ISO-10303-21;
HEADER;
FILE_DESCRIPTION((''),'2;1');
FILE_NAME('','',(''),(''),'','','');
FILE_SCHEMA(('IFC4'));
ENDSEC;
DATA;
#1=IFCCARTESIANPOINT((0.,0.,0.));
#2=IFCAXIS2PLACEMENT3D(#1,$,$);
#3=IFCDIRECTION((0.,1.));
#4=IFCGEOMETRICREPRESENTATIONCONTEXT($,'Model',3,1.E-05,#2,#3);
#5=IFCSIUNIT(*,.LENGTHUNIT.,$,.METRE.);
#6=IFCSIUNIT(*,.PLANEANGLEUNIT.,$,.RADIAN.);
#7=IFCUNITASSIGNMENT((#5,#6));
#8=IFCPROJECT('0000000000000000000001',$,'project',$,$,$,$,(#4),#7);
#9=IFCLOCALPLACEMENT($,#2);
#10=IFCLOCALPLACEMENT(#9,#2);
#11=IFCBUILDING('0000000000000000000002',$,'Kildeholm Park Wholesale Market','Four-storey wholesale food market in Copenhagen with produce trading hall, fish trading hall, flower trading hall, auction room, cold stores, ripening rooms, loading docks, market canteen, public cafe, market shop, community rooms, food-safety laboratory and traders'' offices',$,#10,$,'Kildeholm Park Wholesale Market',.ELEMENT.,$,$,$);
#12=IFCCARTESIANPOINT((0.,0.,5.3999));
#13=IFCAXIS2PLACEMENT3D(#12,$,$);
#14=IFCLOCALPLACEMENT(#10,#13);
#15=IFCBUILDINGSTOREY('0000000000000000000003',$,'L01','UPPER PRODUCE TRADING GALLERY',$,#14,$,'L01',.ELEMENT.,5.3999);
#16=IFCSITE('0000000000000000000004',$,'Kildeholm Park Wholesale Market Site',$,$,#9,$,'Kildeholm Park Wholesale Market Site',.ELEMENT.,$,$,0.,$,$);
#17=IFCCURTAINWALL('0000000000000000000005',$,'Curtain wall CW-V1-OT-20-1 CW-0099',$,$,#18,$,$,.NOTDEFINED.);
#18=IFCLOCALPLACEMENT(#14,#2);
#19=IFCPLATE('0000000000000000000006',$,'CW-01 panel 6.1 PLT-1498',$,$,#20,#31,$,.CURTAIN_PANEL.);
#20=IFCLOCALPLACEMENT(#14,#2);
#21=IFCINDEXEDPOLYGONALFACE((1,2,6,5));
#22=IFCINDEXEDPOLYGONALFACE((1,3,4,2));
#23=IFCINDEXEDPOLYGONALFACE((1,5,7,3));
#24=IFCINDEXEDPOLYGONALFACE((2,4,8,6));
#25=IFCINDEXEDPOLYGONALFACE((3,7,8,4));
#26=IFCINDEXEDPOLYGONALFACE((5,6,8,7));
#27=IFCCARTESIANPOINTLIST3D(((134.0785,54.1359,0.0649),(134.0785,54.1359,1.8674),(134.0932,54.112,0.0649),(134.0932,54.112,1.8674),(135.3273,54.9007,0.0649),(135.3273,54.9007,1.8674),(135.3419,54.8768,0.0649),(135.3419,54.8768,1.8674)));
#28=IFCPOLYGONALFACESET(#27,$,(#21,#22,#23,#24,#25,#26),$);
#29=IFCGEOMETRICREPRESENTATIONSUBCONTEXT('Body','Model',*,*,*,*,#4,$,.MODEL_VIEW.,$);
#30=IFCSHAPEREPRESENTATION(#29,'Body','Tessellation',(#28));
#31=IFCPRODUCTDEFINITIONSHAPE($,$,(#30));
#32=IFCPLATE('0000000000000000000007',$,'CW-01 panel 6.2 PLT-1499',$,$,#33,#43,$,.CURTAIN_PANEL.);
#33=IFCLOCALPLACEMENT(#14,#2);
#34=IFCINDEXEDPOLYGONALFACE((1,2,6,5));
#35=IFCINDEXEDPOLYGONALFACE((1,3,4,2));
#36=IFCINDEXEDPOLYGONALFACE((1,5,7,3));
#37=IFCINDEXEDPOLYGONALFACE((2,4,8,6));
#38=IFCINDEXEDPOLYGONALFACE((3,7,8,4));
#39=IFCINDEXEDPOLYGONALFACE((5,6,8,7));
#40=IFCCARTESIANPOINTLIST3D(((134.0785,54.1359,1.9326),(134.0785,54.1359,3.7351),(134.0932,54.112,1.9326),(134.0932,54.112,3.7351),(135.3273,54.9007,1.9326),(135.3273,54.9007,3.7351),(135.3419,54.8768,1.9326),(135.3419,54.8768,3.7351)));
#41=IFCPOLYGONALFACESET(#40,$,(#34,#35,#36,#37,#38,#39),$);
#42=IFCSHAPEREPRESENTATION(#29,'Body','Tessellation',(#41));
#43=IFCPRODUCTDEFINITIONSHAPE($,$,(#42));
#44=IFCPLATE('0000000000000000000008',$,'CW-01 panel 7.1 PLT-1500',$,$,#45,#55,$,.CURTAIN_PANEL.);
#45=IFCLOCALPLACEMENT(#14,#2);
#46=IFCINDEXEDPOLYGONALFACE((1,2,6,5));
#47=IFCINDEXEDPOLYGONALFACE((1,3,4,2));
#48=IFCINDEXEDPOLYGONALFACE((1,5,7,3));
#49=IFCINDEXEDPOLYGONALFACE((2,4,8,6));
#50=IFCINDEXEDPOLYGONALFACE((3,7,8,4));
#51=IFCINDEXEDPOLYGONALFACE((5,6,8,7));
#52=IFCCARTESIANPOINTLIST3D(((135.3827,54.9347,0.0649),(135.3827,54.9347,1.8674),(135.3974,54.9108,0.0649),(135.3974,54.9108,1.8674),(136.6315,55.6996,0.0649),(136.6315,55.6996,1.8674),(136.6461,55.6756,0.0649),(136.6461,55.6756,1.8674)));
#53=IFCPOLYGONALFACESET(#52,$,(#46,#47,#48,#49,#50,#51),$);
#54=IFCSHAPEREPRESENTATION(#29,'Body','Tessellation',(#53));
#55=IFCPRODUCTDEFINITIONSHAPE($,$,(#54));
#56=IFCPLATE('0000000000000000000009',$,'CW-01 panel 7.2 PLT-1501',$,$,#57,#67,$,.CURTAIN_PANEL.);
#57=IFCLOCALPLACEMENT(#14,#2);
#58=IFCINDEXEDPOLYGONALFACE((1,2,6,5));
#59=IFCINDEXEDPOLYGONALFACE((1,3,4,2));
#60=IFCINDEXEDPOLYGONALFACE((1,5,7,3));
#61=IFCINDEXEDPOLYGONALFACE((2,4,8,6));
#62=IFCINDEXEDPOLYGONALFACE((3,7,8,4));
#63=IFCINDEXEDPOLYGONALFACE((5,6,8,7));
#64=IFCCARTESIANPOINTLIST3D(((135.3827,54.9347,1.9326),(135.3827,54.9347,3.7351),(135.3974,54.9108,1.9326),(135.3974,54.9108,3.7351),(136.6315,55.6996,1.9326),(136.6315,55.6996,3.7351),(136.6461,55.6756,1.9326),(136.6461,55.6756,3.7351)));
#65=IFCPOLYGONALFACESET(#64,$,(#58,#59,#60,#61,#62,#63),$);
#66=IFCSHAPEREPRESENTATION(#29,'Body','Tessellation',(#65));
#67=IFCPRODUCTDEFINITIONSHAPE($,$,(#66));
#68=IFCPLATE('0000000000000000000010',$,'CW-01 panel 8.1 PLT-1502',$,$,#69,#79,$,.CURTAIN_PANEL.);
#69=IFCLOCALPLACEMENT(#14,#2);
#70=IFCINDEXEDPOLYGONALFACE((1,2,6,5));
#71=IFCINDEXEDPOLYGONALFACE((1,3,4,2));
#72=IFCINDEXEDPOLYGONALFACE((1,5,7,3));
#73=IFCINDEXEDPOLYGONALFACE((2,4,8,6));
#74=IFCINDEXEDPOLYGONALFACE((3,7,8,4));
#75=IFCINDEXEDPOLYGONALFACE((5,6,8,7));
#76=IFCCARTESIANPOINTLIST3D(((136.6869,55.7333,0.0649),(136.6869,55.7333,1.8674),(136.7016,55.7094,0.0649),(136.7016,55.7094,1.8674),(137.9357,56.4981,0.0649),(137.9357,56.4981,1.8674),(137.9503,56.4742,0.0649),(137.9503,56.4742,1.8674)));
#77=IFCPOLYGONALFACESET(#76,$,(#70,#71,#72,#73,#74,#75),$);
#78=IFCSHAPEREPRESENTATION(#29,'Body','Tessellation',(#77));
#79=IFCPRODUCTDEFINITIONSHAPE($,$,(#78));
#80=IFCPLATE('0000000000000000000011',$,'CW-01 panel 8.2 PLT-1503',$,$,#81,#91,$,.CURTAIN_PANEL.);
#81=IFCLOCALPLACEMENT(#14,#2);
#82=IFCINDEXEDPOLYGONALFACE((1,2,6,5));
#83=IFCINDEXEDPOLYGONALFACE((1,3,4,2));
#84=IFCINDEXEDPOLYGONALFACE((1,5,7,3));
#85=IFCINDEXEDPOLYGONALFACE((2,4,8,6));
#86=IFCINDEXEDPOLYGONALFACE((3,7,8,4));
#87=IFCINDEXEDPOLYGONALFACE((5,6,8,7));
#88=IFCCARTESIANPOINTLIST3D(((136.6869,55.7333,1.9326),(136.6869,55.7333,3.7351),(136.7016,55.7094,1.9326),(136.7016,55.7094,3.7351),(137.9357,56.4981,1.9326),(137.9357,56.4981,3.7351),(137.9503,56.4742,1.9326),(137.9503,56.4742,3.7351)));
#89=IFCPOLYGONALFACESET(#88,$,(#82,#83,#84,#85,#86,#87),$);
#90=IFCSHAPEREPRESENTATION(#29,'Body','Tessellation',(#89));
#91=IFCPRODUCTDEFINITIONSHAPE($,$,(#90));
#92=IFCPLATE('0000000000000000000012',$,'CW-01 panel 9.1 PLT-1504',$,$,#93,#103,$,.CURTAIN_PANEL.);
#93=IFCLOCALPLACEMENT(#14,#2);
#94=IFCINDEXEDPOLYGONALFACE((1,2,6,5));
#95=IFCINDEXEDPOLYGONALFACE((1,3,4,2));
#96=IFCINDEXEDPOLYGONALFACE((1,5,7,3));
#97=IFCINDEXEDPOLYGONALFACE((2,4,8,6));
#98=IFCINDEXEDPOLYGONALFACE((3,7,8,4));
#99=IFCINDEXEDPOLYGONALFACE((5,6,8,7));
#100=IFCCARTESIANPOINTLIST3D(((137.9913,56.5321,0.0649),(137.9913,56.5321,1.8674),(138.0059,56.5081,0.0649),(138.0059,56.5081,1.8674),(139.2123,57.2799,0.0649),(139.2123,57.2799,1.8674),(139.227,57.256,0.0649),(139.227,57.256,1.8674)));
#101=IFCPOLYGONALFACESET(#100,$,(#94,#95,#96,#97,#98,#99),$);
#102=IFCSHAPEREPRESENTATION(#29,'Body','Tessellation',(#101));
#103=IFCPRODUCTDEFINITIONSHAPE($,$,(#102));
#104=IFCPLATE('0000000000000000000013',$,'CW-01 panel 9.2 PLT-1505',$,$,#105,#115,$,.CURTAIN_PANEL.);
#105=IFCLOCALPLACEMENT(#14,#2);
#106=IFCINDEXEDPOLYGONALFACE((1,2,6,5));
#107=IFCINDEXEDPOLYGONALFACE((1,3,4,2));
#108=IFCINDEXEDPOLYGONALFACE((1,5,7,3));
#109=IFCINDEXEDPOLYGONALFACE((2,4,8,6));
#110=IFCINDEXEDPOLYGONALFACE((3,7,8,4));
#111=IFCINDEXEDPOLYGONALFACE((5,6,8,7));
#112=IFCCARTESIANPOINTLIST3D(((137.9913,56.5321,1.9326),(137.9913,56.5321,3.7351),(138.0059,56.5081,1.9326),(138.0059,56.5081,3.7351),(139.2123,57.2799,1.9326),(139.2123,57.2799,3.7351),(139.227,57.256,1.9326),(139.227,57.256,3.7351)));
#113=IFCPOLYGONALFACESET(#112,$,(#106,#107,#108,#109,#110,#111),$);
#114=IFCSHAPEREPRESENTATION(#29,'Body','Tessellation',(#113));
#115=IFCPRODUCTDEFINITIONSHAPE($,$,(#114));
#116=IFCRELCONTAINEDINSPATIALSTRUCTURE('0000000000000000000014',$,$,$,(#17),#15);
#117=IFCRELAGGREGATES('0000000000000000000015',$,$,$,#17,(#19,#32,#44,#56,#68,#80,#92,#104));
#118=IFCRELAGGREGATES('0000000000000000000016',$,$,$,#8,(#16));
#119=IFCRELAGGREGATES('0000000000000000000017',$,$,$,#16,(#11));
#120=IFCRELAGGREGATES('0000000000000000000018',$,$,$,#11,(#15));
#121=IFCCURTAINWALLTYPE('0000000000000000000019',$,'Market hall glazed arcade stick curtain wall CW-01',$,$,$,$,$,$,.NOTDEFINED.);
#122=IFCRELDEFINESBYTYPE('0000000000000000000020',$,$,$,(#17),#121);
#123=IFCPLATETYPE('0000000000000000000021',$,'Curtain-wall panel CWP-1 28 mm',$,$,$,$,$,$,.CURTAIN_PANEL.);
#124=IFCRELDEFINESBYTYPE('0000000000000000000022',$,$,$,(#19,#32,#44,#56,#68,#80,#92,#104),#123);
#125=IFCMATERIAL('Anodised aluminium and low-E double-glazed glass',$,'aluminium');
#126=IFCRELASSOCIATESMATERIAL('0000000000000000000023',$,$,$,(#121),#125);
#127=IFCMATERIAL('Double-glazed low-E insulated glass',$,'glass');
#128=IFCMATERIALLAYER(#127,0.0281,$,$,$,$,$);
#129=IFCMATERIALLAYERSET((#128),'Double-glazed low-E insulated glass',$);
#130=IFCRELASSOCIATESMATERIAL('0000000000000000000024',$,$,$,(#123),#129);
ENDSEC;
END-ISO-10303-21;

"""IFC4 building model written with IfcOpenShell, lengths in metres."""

from ifc_helpers import new_model, si_unit, direction, frame, origin, origin_2d, place, context, subcontext, project, spatial, rectangle, extrude, material, layer, layer_set, type_object, element, aggregate, save


model = new_model("IFC4")

# Units and contexts
model_context = context("Model", 3, precision=1e-05, world=origin(), true_north=direction((0.0, 1.0)))
body_context = subcontext(model_context, "Body", "Model", "MODEL_VIEW")
ifc_project = project(units=[si_unit("LENGTHUNIT", "METRE"), si_unit("PLANEANGLEUNIT", "RADIAN")], contexts=[model_context])

# Site, building, storey
site_placement = place(None, origin())
site = spatial("IfcSite", under=ifc_project, at=site_placement, Name="Kildeholm Park Wholesale Market Site", LongName="Kildeholm Park Wholesale Market Site", CompositionType="ELEMENT", RefElevation=0.0)
building_placement = place(site_placement, origin())
building = spatial("IfcBuilding", under=site, at=building_placement, Name="Kildeholm Park Wholesale Market", Description="Four-storey wholesale food market in Copenhagen with produce trading hall, fish trading hall, flower trading hall, auction room, cold stores, ripening rooms, loading docks, market canteen, public cafe, market shop, community rooms, food-safety laboratory and traders' offices", LongName="Kildeholm Park Wholesale Market", CompositionType="ELEMENT")
storey_placement = place(building_placement, frame((0.0, 0.0, 5.3999)))
storey = spatial("IfcBuildingStorey", under=building, at=storey_placement, Name="L01", Description="UPPER PRODUCE TRADING GALLERY", LongName="L01", CompositionType="ELEMENT", Elevation=5.3999)

# Curtain wall, plates
ifc_material_1 = material(Name="Anodised aluminium and low-E double-glazed glass", Category="aluminium")
curtain_wall_type = type_object("IfcCurtainWallType", Name="Market hall glazed arcade stick curtain wall CW-01", PredefinedType="NOTDEFINED", material=ifc_material_1)
curtain_wall_placement = place(storey_placement, origin())
curtain_wall = element("IfcCurtainWall", 1, at=curtain_wall_placement, inside=storey, type_object=curtain_wall_type, Name="Curtain wall CW-V1-OT-20-1 CW-0099", PredefinedType="NOTDEFINED")
ifc_material_2 = material(Name="Double-glazed low-E insulated glass", Category="glass")
ifc_layer = layer(ifc_material_2, 0.0281)
ifc_layer_set = layer_set([ifc_layer], Name="Double-glazed low-E insulated glass")
plate_type = type_object("IfcPlateType", Name="Curtain-wall panel CWP-1 28 mm", PredefinedType="CURTAIN_PANEL", material=ifc_layer_set)
plate_1_placement = place(storey_placement, frame((134.7102, 54.5063, 0.0649), z_axis=(0.0, 0.0, 1.0), x_axis=(0.852771, 0.522284, 0.0)))
plate_1 = element("IfcPlate", 2, at=plate_1_placement, type_object=plate_type, Name="CW-01 panel 6.1 PLT-1498", PredefinedType="CURTAIN_PANEL", context=body_context, shape_type="SweptSolid", body=[
    extrude(rectangle(XDim=1.4644, YDim=0.0281, at=origin_2d()), origin(), (0.0, 0.0, 1.0), 1.8025),
])
plate_2_placement = place(storey_placement, frame((134.7102, 54.5063, 1.9326), z_axis=(0.0, 0.0, 1.0), x_axis=(0.852771, 0.522284, 0.0)))
plate_2 = element("IfcPlate", 3, at=plate_2_placement, type_object=plate_type, Name="CW-01 panel 6.2 PLT-1499", PredefinedType="CURTAIN_PANEL", context=body_context, shape_type="SweptSolid", body=[
    extrude(rectangle(XDim=1.4644, YDim=0.0281, at=origin_2d()), origin(), (0.0, 0.0, 1.0), 1.8025),
])
plate_3_placement = place(storey_placement, frame((136.0144, 55.3052, 0.0649), z_axis=(0.0, 0.0, 1.0), x_axis=(0.852771, 0.522284, 0.0)))
plate_3 = element("IfcPlate", 4, at=plate_3_placement, type_object=plate_type, Name="CW-01 panel 7.1 PLT-1500", PredefinedType="CURTAIN_PANEL", context=body_context, shape_type="SweptSolid", body=[
    extrude(rectangle(XDim=1.4644, YDim=0.0281, at=origin_2d()), origin(), (0.0, 0.0, 1.0), 1.8025),
])
plate_4_placement = place(storey_placement, frame((136.0144, 55.3052, 1.9326), z_axis=(0.0, 0.0, 1.0), x_axis=(0.852771, 0.522284, 0.0)))
plate_4 = element("IfcPlate", 5, at=plate_4_placement, type_object=plate_type, Name="CW-01 panel 7.2 PLT-1501", PredefinedType="CURTAIN_PANEL", context=body_context, shape_type="SweptSolid", body=[
    extrude(rectangle(XDim=1.4644, YDim=0.0281, at=origin_2d()), origin(), (0.0, 0.0, 1.0), 1.8025),
])
plate_5_placement = place(storey_placement, frame((137.3186, 56.1038, 0.0649), z_axis=(0.0, 0.0, 1.0), x_axis=(0.852771, 0.522284, 0.0)))
plate_5 = element("IfcPlate", 6, at=plate_5_placement, type_object=plate_type, Name="CW-01 panel 8.1 PLT-1502", PredefinedType="CURTAIN_PANEL", context=body_context, shape_type="SweptSolid", body=[
    extrude(rectangle(XDim=1.4644, YDim=0.0281, at=origin_2d()), origin(), (0.0, 0.0, 1.0), 1.8025),
])
plate_6_placement = place(storey_placement, frame((137.3186, 56.1038, 1.9326), z_axis=(0.0, 0.0, 1.0), x_axis=(0.852771, 0.522284, 0.0)))
plate_6 = element("IfcPlate", 7, at=plate_6_placement, type_object=plate_type, Name="CW-01 panel 8.2 PLT-1503", PredefinedType="CURTAIN_PANEL", context=body_context, shape_type="SweptSolid", body=[
    extrude(rectangle(XDim=1.4644, YDim=0.0281, at=origin_2d()), origin(), (0.0, 0.0, 1.0), 1.8025),
])
plate_7_placement = place(storey_placement, frame((138.6091, 56.894, 0.0649), z_axis=(0.0, 0.0, 1.0), x_axis=(0.852771, 0.522284, 0.0)))
plate_7 = element("IfcPlate", 8, at=plate_7_placement, type_object=plate_type, Name="CW-01 panel 9.1 PLT-1504", PredefinedType="CURTAIN_PANEL", context=body_context, shape_type="SweptSolid", body=[
    extrude(rectangle(XDim=1.4319, YDim=0.0281, at=origin_2d()), origin(), (0.0, 0.0, 1.0), 1.8025),
])
plate_8_placement = place(storey_placement, frame((138.6091, 56.894, 1.9326), z_axis=(0.0, 0.0, 1.0), x_axis=(0.852771, 0.522284, 0.0)))
plate_8 = element("IfcPlate", 9, at=plate_8_placement, type_object=plate_type, Name="CW-01 panel 9.2 PLT-1505", PredefinedType="CURTAIN_PANEL", context=body_context, shape_type="SweptSolid", body=[
    extrude(rectangle(XDim=1.4319, YDim=0.0281, at=origin_2d()), origin(), (0.0, 0.0, 1.0), 1.8025),
])
aggregate(curtain_wall, [plate_1, plate_2, plate_3, plate_4, plate_5, plate_6, plate_7, plate_8])

save(model, "model.ifc")
